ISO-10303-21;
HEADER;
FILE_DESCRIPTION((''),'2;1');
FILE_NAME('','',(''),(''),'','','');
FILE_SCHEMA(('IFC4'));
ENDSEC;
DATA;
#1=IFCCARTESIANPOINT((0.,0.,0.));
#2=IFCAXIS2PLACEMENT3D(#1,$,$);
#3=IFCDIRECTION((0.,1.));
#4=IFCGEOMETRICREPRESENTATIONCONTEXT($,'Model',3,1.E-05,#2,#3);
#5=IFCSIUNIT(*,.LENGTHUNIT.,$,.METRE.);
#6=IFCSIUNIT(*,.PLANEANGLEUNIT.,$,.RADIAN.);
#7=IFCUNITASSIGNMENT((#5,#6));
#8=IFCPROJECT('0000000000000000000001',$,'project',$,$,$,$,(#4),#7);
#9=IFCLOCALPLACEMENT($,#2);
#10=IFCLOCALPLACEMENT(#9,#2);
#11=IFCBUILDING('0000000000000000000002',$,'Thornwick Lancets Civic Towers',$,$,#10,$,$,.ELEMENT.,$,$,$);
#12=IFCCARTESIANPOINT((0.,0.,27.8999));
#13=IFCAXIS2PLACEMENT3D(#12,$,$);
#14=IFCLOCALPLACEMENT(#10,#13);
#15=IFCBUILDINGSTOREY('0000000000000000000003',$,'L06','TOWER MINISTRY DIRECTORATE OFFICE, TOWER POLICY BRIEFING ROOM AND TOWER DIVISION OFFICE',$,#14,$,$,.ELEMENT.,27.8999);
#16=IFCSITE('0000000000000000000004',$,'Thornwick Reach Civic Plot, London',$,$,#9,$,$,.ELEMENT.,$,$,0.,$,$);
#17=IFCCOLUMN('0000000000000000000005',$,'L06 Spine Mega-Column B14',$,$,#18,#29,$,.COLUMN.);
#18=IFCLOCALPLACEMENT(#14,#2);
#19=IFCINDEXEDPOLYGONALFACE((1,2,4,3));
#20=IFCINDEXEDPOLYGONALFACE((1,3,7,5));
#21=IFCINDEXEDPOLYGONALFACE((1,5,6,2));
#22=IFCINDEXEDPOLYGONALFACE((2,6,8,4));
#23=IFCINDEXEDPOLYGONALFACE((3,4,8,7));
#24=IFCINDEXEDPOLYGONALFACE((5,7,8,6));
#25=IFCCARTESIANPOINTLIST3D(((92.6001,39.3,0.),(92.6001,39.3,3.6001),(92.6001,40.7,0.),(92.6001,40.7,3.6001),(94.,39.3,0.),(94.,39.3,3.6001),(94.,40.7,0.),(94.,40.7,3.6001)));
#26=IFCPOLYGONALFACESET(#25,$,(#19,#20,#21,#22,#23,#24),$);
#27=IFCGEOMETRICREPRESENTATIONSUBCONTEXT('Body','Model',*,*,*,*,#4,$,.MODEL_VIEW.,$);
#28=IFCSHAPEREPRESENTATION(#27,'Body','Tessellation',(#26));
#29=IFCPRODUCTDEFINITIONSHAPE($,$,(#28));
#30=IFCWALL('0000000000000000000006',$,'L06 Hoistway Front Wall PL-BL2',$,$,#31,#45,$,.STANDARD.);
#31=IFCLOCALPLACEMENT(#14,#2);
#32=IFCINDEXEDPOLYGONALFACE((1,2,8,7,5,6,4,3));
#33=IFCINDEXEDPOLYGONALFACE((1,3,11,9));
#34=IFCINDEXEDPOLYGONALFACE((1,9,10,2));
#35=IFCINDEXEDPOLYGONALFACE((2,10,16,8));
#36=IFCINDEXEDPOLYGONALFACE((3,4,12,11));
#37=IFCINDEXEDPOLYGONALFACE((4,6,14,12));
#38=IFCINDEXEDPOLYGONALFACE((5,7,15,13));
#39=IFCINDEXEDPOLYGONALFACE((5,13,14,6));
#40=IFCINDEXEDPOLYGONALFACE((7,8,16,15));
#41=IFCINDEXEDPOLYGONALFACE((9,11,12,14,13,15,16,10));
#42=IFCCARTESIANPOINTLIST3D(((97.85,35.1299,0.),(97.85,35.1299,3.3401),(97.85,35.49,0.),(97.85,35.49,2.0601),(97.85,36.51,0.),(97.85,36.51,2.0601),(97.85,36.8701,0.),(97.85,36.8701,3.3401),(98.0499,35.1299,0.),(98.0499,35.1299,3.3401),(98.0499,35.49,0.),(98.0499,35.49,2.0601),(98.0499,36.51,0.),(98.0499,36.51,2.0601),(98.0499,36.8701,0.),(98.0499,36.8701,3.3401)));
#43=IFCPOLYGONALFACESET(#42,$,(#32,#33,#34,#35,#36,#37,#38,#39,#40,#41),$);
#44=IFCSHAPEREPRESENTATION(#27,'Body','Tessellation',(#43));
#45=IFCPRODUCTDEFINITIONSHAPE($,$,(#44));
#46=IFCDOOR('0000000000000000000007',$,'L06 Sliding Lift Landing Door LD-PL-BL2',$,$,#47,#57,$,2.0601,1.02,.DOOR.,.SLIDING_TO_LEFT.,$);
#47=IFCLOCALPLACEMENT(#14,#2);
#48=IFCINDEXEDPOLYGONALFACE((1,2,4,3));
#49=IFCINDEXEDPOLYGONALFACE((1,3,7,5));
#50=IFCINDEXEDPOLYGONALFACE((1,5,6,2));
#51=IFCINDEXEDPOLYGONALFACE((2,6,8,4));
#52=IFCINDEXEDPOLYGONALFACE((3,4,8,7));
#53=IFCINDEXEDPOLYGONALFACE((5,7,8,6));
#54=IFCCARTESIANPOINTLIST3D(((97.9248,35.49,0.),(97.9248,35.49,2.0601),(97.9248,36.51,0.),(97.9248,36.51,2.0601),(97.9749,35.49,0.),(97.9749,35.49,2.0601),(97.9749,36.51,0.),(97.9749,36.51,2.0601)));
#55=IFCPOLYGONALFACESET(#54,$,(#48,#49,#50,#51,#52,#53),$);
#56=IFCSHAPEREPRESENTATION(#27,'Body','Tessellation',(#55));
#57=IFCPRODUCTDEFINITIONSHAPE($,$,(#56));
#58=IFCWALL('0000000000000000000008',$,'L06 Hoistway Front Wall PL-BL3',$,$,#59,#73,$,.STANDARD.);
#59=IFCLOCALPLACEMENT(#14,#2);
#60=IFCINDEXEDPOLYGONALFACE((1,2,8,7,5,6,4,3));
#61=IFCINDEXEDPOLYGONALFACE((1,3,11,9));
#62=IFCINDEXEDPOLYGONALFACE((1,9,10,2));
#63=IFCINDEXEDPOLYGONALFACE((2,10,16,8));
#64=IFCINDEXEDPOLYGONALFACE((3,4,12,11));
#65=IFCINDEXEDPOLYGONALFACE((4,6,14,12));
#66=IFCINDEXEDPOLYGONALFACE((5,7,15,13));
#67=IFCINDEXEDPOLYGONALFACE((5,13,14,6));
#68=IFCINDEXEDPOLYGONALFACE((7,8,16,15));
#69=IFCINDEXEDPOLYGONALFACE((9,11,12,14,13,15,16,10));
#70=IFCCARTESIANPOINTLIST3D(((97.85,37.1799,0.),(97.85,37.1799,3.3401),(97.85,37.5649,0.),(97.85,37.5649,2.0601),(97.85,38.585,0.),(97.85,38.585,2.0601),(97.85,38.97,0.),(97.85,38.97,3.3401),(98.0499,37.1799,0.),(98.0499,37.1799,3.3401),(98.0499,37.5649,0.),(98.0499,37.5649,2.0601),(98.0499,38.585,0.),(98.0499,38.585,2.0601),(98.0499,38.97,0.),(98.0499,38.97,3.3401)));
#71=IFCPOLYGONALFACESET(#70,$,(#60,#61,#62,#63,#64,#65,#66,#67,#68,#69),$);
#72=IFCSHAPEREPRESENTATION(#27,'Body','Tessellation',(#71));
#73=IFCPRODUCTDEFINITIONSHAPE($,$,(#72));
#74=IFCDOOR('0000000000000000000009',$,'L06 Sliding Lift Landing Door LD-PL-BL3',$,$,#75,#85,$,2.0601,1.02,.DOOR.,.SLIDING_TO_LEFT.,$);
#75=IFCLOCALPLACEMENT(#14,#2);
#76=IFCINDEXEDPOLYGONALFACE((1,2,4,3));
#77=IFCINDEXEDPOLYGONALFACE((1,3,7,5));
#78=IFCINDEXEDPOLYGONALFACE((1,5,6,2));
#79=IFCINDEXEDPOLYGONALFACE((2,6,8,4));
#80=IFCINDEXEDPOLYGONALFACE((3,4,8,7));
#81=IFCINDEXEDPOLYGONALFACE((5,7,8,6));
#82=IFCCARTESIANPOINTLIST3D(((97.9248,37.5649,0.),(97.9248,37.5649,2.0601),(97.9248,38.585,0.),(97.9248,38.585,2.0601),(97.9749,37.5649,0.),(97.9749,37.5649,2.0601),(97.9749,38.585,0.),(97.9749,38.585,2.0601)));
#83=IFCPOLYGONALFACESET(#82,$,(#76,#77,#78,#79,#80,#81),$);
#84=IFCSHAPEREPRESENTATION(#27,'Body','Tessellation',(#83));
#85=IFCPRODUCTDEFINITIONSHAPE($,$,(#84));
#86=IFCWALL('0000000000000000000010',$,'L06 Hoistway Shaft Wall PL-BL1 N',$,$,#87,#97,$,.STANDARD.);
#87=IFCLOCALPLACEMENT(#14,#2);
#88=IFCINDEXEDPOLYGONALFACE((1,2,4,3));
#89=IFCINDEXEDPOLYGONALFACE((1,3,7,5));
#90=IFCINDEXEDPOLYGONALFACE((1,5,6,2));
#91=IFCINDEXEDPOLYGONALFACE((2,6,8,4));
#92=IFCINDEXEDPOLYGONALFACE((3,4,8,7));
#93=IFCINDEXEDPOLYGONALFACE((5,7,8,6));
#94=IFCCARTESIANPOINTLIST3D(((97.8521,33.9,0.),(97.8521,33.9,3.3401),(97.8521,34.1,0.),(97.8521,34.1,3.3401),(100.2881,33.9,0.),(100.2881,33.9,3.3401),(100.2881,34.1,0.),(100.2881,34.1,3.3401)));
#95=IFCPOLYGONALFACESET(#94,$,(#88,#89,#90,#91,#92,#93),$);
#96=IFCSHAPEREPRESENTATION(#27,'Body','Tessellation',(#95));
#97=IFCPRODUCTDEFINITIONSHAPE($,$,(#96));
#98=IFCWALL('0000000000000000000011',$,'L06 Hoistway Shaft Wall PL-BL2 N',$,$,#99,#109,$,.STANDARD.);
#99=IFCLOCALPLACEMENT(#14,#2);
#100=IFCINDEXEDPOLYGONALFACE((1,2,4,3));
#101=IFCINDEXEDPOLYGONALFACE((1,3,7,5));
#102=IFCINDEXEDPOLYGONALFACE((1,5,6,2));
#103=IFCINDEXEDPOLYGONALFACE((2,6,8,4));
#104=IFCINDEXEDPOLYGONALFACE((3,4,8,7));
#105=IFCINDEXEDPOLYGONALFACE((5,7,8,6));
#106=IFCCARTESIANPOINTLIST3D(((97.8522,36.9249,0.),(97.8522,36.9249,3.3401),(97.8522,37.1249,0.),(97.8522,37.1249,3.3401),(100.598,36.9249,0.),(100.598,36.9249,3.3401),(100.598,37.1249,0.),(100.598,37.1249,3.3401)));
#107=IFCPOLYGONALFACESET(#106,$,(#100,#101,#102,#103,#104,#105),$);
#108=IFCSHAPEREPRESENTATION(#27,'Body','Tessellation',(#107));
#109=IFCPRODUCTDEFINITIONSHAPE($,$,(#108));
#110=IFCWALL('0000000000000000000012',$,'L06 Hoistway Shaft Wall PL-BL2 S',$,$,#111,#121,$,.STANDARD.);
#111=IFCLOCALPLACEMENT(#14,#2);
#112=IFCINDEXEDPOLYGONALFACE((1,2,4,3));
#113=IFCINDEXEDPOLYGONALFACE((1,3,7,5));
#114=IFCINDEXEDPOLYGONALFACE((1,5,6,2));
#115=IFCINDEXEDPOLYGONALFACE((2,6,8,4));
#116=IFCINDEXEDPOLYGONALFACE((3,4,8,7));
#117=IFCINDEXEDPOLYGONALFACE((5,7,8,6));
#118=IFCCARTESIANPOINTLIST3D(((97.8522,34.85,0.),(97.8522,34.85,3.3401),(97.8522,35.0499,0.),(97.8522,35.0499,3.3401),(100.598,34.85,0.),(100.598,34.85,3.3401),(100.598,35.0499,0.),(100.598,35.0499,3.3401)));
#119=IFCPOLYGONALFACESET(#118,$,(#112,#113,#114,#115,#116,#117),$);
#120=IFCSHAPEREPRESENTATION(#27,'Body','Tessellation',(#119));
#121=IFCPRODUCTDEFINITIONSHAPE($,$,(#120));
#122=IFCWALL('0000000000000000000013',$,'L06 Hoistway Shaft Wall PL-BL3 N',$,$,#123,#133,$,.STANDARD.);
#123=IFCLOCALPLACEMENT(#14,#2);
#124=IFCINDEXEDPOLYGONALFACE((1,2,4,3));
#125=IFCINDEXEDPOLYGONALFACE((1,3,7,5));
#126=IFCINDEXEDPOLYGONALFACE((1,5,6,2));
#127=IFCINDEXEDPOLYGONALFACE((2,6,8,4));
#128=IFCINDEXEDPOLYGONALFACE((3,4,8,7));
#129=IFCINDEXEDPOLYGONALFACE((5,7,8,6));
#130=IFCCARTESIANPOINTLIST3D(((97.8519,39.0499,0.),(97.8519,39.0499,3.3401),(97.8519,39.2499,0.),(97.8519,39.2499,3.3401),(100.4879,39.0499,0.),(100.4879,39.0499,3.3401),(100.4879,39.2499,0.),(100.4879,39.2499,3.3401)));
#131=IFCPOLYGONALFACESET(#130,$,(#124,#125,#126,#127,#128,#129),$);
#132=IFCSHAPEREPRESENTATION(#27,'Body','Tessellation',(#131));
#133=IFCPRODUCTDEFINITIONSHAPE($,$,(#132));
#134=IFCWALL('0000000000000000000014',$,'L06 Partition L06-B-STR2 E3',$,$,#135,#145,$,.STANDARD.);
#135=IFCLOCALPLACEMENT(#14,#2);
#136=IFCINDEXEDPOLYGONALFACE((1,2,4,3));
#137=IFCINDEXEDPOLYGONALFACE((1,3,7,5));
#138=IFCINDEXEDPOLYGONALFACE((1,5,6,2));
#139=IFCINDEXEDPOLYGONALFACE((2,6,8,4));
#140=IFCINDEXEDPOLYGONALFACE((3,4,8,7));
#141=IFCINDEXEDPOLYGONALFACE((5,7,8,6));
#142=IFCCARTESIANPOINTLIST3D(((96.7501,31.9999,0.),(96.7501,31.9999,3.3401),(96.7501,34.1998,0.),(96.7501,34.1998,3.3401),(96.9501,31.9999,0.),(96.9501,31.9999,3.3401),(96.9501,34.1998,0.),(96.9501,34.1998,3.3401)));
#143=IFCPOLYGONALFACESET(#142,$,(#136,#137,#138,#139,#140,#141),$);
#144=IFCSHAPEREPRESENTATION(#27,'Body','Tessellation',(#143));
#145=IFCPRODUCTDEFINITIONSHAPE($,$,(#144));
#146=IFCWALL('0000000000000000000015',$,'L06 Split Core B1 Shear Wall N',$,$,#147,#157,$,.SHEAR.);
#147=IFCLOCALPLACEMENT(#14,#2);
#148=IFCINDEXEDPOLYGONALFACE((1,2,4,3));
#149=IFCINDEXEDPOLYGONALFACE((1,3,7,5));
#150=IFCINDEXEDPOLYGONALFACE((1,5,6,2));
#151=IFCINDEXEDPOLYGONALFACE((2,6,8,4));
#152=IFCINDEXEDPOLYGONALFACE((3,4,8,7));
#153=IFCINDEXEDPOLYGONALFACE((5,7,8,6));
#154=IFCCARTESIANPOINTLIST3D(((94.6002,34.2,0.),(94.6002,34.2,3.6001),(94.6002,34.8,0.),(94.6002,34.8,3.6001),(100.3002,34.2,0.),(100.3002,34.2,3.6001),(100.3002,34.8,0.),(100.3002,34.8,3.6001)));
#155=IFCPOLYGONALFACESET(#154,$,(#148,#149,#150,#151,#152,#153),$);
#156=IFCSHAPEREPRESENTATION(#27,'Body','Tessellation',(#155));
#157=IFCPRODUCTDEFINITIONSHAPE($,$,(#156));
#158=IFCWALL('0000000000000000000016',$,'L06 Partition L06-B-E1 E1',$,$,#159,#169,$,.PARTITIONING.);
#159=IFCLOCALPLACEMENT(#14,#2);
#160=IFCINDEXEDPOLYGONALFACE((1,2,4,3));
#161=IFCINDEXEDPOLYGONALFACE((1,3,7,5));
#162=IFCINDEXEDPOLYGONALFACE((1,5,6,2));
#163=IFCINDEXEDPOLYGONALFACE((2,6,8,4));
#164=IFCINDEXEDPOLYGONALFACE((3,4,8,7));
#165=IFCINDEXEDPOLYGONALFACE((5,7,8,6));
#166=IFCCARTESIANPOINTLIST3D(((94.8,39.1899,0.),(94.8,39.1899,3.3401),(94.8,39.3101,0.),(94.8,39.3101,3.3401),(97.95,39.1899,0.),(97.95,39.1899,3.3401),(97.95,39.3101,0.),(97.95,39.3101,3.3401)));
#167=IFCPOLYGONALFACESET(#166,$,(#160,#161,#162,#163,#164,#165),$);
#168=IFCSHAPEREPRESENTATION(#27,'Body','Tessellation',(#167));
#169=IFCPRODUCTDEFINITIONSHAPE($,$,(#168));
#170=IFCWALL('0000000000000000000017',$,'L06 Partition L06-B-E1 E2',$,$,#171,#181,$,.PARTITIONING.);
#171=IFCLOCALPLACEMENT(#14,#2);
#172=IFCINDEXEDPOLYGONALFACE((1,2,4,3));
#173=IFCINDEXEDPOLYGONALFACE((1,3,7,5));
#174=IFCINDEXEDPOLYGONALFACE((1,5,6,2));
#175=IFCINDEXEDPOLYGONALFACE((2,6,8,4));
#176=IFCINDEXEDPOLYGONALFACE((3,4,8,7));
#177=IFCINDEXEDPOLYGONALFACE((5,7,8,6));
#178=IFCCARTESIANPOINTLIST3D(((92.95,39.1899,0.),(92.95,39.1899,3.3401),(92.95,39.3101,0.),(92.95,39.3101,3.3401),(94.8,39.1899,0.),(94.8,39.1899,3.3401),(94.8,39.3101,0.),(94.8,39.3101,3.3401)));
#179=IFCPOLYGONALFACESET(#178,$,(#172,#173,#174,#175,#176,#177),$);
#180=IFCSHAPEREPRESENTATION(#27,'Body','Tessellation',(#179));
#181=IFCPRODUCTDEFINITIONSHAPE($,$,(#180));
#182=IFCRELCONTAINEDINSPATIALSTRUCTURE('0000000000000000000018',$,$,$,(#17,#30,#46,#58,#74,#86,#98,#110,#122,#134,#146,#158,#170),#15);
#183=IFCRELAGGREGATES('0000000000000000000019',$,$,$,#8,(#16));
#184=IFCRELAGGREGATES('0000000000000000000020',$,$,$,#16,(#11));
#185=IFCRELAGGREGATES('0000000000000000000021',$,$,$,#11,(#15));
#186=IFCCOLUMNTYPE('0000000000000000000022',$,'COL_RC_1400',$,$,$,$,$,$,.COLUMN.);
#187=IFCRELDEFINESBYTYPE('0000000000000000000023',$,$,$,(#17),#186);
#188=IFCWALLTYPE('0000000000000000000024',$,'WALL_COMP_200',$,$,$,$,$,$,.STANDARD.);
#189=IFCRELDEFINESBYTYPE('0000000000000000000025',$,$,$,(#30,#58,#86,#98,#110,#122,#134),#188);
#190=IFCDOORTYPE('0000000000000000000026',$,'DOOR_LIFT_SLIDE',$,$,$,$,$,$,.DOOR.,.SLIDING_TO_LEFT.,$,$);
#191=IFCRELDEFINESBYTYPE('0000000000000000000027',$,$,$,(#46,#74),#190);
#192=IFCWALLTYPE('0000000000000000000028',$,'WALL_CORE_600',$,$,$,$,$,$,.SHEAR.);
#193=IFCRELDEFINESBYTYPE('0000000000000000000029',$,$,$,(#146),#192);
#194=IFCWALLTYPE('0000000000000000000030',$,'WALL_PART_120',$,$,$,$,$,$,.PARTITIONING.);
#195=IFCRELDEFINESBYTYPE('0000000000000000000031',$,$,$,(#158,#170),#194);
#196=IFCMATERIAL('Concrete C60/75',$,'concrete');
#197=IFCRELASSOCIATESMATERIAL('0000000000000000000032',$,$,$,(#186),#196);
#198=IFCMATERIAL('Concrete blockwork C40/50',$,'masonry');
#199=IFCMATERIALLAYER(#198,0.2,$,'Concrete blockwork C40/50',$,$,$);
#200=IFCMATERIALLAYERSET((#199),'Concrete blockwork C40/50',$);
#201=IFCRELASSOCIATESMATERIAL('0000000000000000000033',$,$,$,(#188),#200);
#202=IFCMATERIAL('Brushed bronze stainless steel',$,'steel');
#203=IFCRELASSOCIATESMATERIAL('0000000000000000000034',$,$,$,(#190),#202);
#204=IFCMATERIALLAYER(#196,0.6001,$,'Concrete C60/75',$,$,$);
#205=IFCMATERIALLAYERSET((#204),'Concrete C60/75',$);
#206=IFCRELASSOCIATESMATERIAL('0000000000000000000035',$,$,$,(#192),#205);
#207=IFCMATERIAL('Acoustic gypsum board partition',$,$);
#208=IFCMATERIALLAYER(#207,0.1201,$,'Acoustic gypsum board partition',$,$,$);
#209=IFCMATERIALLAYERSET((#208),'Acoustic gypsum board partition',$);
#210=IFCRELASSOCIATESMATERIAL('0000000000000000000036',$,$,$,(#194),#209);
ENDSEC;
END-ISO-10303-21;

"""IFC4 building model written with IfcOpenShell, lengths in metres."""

from ifc_helpers import new_model, si_unit, direction, frame, frame_2d, origin, origin_2d, place, context, subcontext, project, spatial, rectangle, extrude, material, layer, layer_set, material_profile, profile_set, type_object, element, fill, save


model = new_model("IFC4")

# Units and contexts
model_context = context("Model", 3, precision=1e-05, world=origin(), true_north=direction((0.0, 1.0)))
body_context = subcontext(model_context, "Body", "Model", "MODEL_VIEW")
ifc_project = project(units=[si_unit("LENGTHUNIT", "METRE"), si_unit("PLANEANGLEUNIT", "RADIAN")], contexts=[model_context])

# Site, building, storey
site_placement = place(None, origin())
site = spatial("IfcSite", under=ifc_project, at=site_placement, Name="Thornwick Reach Civic Plot, London", CompositionType="ELEMENT", RefElevation=0.0)
building_placement = place(site_placement, origin())
building = spatial("IfcBuilding", under=site, at=building_placement, Name="Thornwick Lancets Civic Towers", CompositionType="ELEMENT")
storey_placement = place(building_placement, frame((0.0, 0.0, 27.8999)))
storey = spatial("IfcBuildingStorey", under=building, at=storey_placement, Name="L06", Description="TOWER MINISTRY DIRECTORATE OFFICE, TOWER POLICY BRIEFING ROOM AND TOWER DIVISION OFFICE", CompositionType="ELEMENT", Elevation=27.8999)

# Column
ifc_material_1 = material(Name="Concrete C60/75", Category="concrete")
ifc_material_profile = material_profile(ifc_material_1, rectangle(XDim=1.3999, YDim=1.3999, at=origin_2d()), Name="RC 1400x1400")
ifc_profile_set = profile_set([ifc_material_profile], Name="Concrete C60/75")
column_type = type_object("IfcColumnType", Name="COL_RC_1400", PredefinedType="COLUMN", material=ifc_profile_set)
column_placement = place(storey_placement, frame((93.3, 40.0, 0.0), z_axis=(0.0, 0.0, 1.0), x_axis=(1.0, 0.0, 0.0)))
element("IfcColumn", 1, at=column_placement, inside=storey, type_object=column_type, Name="L06 Spine Mega-Column B14", PredefinedType="COLUMN", context=body_context, shape_type="SweptSolid", body=[
    extrude(rectangle(XDim=1.3999, YDim=1.3999, at=origin_2d()), origin(), (0.0, 0.0, 1.0), 3.6001),
])

# Walls, openings, doors
ifc_material_2 = material(Name="Concrete blockwork C40/50", Category="masonry")
ifc_layer_1 = layer(ifc_material_2, 0.2, Name="Concrete blockwork C40/50")
ifc_layer_set_1 = layer_set([ifc_layer_1], Name="Concrete blockwork C40/50")
wall_type_1 = type_object("IfcWallType", Name="WALL_COMP_200", PredefinedType="STANDARD", material=ifc_layer_set_1)
wall_1_placement = place(storey_placement, frame((97.95, 36.8701, 0.0), z_axis=(0.0, 0.0, 1.0), x_axis=(0.0, -1.0, 0.0)))
wall_1 = element("IfcWall", 2, at=wall_1_placement, inside=storey, type_object=wall_type_1, Name="L06 Hoistway Front Wall PL-BL2", PredefinedType="STANDARD", context=body_context, shape_type="SweptSolid", body=[
    extrude(rectangle(XDim=1.7402, YDim=0.2, at=frame_2d((0.8701, 0.0))), origin(), (0.0, 0.0, 1.0), 3.3401),
])
opening_1_placement = place(wall_1_placement, frame((0.3601, 0.0, 0.0)))
opening_1 = element("IfcOpeningElement", 3, at=opening_1_placement, cuts=wall_1, PredefinedType="OPENING", context=body_context, shape_type="SweptSolid", body=[
    extrude(rectangle(XDim=1.02, YDim=2.0601, at=frame_2d((0.51, 1.03))), frame((0.0, 0.1099, 0.0), z_axis=(0.0, -1.0, 0.0), x_axis=(1.0, 0.0, 0.0)), (0.0, 0.0, 1.0), 0.22),
])
ifc_material_3 = material(Name="Brushed bronze stainless steel", Category="steel")
door_type_1 = type_object("IfcDoorType", Name="DOOR_LIFT_SLIDE", OperationType="SLIDING_TO_LEFT", PredefinedType="DOOR", material=ifc_material_3)
door_1_placement = place(opening_1_placement, origin())
door_1 = element("IfcDoor", 4, at=door_1_placement, inside=storey, type_object=door_type_1, Name="L06 Sliding Lift Landing Door LD-PL-BL2", OperationType="SLIDING_TO_LEFT", OverallHeight=2.0601, OverallWidth=1.02, PredefinedType="DOOR", context=body_context, shape_type="SweptSolid", body=[
    extrude(rectangle(XDim=1.02, YDim=2.0601, at=frame_2d((0.51, 1.03))), frame((0.0, 0.0249, 0.0), z_axis=(0.0, -1.0, 0.0), x_axis=(1.0, 0.0, 0.0)), (0.0, 0.0, 1.0), 0.05),
])
fill(opening_1, door_1)
wall_2_placement = place(storey_placement, frame((97.95, 38.97, 0.0), z_axis=(0.0, 0.0, 1.0), x_axis=(0.0, -1.0, 0.0)))
wall_2 = element("IfcWall", 5, at=wall_2_placement, inside=storey, type_object=wall_type_1, Name="L06 Hoistway Front Wall PL-BL3", PredefinedType="STANDARD", context=body_context, shape_type="SweptSolid", body=[
    extrude(rectangle(XDim=1.79, YDim=0.2, at=frame_2d((0.895, 0.0))), origin(), (0.0, 0.0, 1.0), 3.3401),
])
opening_2_placement = place(wall_2_placement, frame((0.385, 0.0, 0.0)))
opening_2 = element("IfcOpeningElement", 6, at=opening_2_placement, cuts=wall_2, PredefinedType="OPENING", context=body_context, shape_type="SweptSolid", body=[
    extrude(rectangle(XDim=1.02, YDim=2.0601, at=frame_2d((0.51, 1.03))), frame((0.0, 0.1099, 0.0), z_axis=(0.0, -1.0, 0.0), x_axis=(1.0, 0.0, 0.0)), (0.0, 0.0, 1.0), 0.22),
])
door_2_placement = place(opening_2_placement, origin())
door_2 = element("IfcDoor", 7, at=door_2_placement, inside=storey, type_object=door_type_1, Name="L06 Sliding Lift Landing Door LD-PL-BL3", OperationType="SLIDING_TO_LEFT", OverallHeight=2.0601, OverallWidth=1.02, PredefinedType="DOOR", context=body_context, shape_type="SweptSolid", body=[
    extrude(rectangle(XDim=1.02, YDim=2.0601, at=frame_2d((0.51, 1.03))), frame((0.0, 0.0249, 0.0), z_axis=(0.0, -1.0, 0.0), x_axis=(1.0, 0.0, 0.0)), (0.0, 0.0, 1.0), 0.05),
])
fill(opening_2, door_2)

# Walls
wall_3_placement = place(storey_placement, frame((97.8521, 34.0, 0.0), z_axis=(0.0, 0.0, 1.0), x_axis=(1.0, 0.0, 0.0)))
element("IfcWall", 8, at=wall_3_placement, inside=storey, type_object=wall_type_1, Name="L06 Hoistway Shaft Wall PL-BL1 N", PredefinedType="STANDARD", context=body_context, shape_type="SweptSolid", body=[
    extrude(rectangle(XDim=2.436, YDim=0.2, at=frame_2d((1.218, 0.0))), origin(), (0.0, 0.0, 1.0), 3.3401),
])
for number, where, z_axis, x_axis, name in (
    (9, (97.8521, 37.0249, 0.0), (0.0, 0.0, 1.0), (1.0, 0.0, 0.0), "L06 Hoistway Shaft Wall PL-BL2 N"),
    (10, (97.8521, 34.95, 0.0), (0.0, 0.0, 1.0), (1.0, 0.0, 0.0), "L06 Hoistway Shaft Wall PL-BL2 S"),
):
    element("IfcWall", number, at=place(storey_placement, frame(where, z_axis=z_axis, x_axis=x_axis)), inside=storey, type_object=wall_type_1, Name=name, PredefinedType="STANDARD", context=body_context, shape_type="SweptSolid", body=[
        extrude(rectangle(XDim=2.7458, YDim=0.2, at=frame_2d((1.373, 0.0))), origin(), (0.0, 0.0, 1.0), 3.3401),
    ])
wall_4_placement = place(storey_placement, frame((97.8521, 39.1499, 0.0), z_axis=(0.0, 0.0, 1.0), x_axis=(1.0, 0.0, 0.0)))
element("IfcWall", 11, at=wall_4_placement, inside=storey, type_object=wall_type_1, Name="L06 Hoistway Shaft Wall PL-BL3 N", PredefinedType="STANDARD", context=body_context, shape_type="SweptSolid", body=[
    extrude(rectangle(XDim=2.636, YDim=0.2, at=frame_2d((1.3179, 0.0))), origin(), (0.0, 0.0, 1.0), 3.3401),
])
wall_5_placement = place(storey_placement, frame((96.8501, 34.2, 0.0), z_axis=(0.0, 0.0, 1.0), x_axis=(0.0, -1.0, 0.0)))
element("IfcWall", 12, at=wall_5_placement, inside=storey, type_object=wall_type_1, Name="L06 Partition L06-B-STR2 E3", PredefinedType="STANDARD", context=body_context, shape_type="SweptSolid", body=[
    extrude(rectangle(XDim=2.2, YDim=0.2, at=frame_2d((1.1001, 0.0))), origin(), (0.0, 0.0, 1.0), 3.3401),
])
ifc_layer_2 = layer(ifc_material_1, 0.6001, Name="Concrete C60/75")
ifc_layer_set_2 = layer_set([ifc_layer_2], Name="Concrete C60/75")
wall_type_2 = type_object("IfcWallType", Name="WALL_CORE_600", PredefinedType="SHEAR", material=ifc_layer_set_2)
wall_6_placement = place(storey_placement, frame((94.6001, 34.5, 0.0), z_axis=(0.0, 0.0, 1.0), x_axis=(1.0, 0.0, 0.0)))
element("IfcWall", 13, at=wall_6_placement, inside=storey, type_object=wall_type_2, Name="L06 Split Core B1 Shear Wall N", PredefinedType="SHEAR", context=body_context, shape_type="SweptSolid", body=[
    extrude(rectangle(XDim=5.7, YDim=0.6001, at=frame_2d((2.8501, 0.0))), origin(), (0.0, 0.0, 1.0), 3.6001),
])
ifc_material_4 = material(Name="Acoustic gypsum board partition")
ifc_layer_3 = layer(ifc_material_4, 0.1201, Name="Acoustic gypsum board partition")
ifc_layer_set_3 = layer_set([ifc_layer_3], Name="Acoustic gypsum board partition")
wall_type_3 = type_object("IfcWallType", Name="WALL_PART_120", PredefinedType="PARTITIONING", material=ifc_layer_set_3)
wall_7_placement = place(storey_placement, frame((97.95, 39.25, 0.0), z_axis=(0.0, 0.0, 1.0), x_axis=(-1.0, 0.0, 0.0)))
element("IfcWall", 14, at=wall_7_placement, inside=storey, type_object=wall_type_3, Name="L06 Partition L06-B-E1 E1", PredefinedType="PARTITIONING", context=body_context, shape_type="SweptSolid", body=[
    extrude(rectangle(XDim=3.1499, YDim=0.1201, at=frame_2d((1.575, 0.0))), origin(), (0.0, 0.0, 1.0), 3.3401),
])
wall_8_placement = place(storey_placement, frame((94.8, 39.25, 0.0), z_axis=(0.0, 0.0, 1.0), x_axis=(-1.0, 0.0, 0.0)))
element("IfcWall", 15, at=wall_8_placement, inside=storey, type_object=wall_type_3, Name="L06 Partition L06-B-E1 E2", PredefinedType="PARTITIONING", context=body_context, shape_type="SweptSolid", body=[
    extrude(rectangle(XDim=1.8501, YDim=0.1201, at=frame_2d((0.925, 0.0))), origin(), (0.0, 0.0, 1.0), 3.3401),
])

save(model, "model.ifc")
